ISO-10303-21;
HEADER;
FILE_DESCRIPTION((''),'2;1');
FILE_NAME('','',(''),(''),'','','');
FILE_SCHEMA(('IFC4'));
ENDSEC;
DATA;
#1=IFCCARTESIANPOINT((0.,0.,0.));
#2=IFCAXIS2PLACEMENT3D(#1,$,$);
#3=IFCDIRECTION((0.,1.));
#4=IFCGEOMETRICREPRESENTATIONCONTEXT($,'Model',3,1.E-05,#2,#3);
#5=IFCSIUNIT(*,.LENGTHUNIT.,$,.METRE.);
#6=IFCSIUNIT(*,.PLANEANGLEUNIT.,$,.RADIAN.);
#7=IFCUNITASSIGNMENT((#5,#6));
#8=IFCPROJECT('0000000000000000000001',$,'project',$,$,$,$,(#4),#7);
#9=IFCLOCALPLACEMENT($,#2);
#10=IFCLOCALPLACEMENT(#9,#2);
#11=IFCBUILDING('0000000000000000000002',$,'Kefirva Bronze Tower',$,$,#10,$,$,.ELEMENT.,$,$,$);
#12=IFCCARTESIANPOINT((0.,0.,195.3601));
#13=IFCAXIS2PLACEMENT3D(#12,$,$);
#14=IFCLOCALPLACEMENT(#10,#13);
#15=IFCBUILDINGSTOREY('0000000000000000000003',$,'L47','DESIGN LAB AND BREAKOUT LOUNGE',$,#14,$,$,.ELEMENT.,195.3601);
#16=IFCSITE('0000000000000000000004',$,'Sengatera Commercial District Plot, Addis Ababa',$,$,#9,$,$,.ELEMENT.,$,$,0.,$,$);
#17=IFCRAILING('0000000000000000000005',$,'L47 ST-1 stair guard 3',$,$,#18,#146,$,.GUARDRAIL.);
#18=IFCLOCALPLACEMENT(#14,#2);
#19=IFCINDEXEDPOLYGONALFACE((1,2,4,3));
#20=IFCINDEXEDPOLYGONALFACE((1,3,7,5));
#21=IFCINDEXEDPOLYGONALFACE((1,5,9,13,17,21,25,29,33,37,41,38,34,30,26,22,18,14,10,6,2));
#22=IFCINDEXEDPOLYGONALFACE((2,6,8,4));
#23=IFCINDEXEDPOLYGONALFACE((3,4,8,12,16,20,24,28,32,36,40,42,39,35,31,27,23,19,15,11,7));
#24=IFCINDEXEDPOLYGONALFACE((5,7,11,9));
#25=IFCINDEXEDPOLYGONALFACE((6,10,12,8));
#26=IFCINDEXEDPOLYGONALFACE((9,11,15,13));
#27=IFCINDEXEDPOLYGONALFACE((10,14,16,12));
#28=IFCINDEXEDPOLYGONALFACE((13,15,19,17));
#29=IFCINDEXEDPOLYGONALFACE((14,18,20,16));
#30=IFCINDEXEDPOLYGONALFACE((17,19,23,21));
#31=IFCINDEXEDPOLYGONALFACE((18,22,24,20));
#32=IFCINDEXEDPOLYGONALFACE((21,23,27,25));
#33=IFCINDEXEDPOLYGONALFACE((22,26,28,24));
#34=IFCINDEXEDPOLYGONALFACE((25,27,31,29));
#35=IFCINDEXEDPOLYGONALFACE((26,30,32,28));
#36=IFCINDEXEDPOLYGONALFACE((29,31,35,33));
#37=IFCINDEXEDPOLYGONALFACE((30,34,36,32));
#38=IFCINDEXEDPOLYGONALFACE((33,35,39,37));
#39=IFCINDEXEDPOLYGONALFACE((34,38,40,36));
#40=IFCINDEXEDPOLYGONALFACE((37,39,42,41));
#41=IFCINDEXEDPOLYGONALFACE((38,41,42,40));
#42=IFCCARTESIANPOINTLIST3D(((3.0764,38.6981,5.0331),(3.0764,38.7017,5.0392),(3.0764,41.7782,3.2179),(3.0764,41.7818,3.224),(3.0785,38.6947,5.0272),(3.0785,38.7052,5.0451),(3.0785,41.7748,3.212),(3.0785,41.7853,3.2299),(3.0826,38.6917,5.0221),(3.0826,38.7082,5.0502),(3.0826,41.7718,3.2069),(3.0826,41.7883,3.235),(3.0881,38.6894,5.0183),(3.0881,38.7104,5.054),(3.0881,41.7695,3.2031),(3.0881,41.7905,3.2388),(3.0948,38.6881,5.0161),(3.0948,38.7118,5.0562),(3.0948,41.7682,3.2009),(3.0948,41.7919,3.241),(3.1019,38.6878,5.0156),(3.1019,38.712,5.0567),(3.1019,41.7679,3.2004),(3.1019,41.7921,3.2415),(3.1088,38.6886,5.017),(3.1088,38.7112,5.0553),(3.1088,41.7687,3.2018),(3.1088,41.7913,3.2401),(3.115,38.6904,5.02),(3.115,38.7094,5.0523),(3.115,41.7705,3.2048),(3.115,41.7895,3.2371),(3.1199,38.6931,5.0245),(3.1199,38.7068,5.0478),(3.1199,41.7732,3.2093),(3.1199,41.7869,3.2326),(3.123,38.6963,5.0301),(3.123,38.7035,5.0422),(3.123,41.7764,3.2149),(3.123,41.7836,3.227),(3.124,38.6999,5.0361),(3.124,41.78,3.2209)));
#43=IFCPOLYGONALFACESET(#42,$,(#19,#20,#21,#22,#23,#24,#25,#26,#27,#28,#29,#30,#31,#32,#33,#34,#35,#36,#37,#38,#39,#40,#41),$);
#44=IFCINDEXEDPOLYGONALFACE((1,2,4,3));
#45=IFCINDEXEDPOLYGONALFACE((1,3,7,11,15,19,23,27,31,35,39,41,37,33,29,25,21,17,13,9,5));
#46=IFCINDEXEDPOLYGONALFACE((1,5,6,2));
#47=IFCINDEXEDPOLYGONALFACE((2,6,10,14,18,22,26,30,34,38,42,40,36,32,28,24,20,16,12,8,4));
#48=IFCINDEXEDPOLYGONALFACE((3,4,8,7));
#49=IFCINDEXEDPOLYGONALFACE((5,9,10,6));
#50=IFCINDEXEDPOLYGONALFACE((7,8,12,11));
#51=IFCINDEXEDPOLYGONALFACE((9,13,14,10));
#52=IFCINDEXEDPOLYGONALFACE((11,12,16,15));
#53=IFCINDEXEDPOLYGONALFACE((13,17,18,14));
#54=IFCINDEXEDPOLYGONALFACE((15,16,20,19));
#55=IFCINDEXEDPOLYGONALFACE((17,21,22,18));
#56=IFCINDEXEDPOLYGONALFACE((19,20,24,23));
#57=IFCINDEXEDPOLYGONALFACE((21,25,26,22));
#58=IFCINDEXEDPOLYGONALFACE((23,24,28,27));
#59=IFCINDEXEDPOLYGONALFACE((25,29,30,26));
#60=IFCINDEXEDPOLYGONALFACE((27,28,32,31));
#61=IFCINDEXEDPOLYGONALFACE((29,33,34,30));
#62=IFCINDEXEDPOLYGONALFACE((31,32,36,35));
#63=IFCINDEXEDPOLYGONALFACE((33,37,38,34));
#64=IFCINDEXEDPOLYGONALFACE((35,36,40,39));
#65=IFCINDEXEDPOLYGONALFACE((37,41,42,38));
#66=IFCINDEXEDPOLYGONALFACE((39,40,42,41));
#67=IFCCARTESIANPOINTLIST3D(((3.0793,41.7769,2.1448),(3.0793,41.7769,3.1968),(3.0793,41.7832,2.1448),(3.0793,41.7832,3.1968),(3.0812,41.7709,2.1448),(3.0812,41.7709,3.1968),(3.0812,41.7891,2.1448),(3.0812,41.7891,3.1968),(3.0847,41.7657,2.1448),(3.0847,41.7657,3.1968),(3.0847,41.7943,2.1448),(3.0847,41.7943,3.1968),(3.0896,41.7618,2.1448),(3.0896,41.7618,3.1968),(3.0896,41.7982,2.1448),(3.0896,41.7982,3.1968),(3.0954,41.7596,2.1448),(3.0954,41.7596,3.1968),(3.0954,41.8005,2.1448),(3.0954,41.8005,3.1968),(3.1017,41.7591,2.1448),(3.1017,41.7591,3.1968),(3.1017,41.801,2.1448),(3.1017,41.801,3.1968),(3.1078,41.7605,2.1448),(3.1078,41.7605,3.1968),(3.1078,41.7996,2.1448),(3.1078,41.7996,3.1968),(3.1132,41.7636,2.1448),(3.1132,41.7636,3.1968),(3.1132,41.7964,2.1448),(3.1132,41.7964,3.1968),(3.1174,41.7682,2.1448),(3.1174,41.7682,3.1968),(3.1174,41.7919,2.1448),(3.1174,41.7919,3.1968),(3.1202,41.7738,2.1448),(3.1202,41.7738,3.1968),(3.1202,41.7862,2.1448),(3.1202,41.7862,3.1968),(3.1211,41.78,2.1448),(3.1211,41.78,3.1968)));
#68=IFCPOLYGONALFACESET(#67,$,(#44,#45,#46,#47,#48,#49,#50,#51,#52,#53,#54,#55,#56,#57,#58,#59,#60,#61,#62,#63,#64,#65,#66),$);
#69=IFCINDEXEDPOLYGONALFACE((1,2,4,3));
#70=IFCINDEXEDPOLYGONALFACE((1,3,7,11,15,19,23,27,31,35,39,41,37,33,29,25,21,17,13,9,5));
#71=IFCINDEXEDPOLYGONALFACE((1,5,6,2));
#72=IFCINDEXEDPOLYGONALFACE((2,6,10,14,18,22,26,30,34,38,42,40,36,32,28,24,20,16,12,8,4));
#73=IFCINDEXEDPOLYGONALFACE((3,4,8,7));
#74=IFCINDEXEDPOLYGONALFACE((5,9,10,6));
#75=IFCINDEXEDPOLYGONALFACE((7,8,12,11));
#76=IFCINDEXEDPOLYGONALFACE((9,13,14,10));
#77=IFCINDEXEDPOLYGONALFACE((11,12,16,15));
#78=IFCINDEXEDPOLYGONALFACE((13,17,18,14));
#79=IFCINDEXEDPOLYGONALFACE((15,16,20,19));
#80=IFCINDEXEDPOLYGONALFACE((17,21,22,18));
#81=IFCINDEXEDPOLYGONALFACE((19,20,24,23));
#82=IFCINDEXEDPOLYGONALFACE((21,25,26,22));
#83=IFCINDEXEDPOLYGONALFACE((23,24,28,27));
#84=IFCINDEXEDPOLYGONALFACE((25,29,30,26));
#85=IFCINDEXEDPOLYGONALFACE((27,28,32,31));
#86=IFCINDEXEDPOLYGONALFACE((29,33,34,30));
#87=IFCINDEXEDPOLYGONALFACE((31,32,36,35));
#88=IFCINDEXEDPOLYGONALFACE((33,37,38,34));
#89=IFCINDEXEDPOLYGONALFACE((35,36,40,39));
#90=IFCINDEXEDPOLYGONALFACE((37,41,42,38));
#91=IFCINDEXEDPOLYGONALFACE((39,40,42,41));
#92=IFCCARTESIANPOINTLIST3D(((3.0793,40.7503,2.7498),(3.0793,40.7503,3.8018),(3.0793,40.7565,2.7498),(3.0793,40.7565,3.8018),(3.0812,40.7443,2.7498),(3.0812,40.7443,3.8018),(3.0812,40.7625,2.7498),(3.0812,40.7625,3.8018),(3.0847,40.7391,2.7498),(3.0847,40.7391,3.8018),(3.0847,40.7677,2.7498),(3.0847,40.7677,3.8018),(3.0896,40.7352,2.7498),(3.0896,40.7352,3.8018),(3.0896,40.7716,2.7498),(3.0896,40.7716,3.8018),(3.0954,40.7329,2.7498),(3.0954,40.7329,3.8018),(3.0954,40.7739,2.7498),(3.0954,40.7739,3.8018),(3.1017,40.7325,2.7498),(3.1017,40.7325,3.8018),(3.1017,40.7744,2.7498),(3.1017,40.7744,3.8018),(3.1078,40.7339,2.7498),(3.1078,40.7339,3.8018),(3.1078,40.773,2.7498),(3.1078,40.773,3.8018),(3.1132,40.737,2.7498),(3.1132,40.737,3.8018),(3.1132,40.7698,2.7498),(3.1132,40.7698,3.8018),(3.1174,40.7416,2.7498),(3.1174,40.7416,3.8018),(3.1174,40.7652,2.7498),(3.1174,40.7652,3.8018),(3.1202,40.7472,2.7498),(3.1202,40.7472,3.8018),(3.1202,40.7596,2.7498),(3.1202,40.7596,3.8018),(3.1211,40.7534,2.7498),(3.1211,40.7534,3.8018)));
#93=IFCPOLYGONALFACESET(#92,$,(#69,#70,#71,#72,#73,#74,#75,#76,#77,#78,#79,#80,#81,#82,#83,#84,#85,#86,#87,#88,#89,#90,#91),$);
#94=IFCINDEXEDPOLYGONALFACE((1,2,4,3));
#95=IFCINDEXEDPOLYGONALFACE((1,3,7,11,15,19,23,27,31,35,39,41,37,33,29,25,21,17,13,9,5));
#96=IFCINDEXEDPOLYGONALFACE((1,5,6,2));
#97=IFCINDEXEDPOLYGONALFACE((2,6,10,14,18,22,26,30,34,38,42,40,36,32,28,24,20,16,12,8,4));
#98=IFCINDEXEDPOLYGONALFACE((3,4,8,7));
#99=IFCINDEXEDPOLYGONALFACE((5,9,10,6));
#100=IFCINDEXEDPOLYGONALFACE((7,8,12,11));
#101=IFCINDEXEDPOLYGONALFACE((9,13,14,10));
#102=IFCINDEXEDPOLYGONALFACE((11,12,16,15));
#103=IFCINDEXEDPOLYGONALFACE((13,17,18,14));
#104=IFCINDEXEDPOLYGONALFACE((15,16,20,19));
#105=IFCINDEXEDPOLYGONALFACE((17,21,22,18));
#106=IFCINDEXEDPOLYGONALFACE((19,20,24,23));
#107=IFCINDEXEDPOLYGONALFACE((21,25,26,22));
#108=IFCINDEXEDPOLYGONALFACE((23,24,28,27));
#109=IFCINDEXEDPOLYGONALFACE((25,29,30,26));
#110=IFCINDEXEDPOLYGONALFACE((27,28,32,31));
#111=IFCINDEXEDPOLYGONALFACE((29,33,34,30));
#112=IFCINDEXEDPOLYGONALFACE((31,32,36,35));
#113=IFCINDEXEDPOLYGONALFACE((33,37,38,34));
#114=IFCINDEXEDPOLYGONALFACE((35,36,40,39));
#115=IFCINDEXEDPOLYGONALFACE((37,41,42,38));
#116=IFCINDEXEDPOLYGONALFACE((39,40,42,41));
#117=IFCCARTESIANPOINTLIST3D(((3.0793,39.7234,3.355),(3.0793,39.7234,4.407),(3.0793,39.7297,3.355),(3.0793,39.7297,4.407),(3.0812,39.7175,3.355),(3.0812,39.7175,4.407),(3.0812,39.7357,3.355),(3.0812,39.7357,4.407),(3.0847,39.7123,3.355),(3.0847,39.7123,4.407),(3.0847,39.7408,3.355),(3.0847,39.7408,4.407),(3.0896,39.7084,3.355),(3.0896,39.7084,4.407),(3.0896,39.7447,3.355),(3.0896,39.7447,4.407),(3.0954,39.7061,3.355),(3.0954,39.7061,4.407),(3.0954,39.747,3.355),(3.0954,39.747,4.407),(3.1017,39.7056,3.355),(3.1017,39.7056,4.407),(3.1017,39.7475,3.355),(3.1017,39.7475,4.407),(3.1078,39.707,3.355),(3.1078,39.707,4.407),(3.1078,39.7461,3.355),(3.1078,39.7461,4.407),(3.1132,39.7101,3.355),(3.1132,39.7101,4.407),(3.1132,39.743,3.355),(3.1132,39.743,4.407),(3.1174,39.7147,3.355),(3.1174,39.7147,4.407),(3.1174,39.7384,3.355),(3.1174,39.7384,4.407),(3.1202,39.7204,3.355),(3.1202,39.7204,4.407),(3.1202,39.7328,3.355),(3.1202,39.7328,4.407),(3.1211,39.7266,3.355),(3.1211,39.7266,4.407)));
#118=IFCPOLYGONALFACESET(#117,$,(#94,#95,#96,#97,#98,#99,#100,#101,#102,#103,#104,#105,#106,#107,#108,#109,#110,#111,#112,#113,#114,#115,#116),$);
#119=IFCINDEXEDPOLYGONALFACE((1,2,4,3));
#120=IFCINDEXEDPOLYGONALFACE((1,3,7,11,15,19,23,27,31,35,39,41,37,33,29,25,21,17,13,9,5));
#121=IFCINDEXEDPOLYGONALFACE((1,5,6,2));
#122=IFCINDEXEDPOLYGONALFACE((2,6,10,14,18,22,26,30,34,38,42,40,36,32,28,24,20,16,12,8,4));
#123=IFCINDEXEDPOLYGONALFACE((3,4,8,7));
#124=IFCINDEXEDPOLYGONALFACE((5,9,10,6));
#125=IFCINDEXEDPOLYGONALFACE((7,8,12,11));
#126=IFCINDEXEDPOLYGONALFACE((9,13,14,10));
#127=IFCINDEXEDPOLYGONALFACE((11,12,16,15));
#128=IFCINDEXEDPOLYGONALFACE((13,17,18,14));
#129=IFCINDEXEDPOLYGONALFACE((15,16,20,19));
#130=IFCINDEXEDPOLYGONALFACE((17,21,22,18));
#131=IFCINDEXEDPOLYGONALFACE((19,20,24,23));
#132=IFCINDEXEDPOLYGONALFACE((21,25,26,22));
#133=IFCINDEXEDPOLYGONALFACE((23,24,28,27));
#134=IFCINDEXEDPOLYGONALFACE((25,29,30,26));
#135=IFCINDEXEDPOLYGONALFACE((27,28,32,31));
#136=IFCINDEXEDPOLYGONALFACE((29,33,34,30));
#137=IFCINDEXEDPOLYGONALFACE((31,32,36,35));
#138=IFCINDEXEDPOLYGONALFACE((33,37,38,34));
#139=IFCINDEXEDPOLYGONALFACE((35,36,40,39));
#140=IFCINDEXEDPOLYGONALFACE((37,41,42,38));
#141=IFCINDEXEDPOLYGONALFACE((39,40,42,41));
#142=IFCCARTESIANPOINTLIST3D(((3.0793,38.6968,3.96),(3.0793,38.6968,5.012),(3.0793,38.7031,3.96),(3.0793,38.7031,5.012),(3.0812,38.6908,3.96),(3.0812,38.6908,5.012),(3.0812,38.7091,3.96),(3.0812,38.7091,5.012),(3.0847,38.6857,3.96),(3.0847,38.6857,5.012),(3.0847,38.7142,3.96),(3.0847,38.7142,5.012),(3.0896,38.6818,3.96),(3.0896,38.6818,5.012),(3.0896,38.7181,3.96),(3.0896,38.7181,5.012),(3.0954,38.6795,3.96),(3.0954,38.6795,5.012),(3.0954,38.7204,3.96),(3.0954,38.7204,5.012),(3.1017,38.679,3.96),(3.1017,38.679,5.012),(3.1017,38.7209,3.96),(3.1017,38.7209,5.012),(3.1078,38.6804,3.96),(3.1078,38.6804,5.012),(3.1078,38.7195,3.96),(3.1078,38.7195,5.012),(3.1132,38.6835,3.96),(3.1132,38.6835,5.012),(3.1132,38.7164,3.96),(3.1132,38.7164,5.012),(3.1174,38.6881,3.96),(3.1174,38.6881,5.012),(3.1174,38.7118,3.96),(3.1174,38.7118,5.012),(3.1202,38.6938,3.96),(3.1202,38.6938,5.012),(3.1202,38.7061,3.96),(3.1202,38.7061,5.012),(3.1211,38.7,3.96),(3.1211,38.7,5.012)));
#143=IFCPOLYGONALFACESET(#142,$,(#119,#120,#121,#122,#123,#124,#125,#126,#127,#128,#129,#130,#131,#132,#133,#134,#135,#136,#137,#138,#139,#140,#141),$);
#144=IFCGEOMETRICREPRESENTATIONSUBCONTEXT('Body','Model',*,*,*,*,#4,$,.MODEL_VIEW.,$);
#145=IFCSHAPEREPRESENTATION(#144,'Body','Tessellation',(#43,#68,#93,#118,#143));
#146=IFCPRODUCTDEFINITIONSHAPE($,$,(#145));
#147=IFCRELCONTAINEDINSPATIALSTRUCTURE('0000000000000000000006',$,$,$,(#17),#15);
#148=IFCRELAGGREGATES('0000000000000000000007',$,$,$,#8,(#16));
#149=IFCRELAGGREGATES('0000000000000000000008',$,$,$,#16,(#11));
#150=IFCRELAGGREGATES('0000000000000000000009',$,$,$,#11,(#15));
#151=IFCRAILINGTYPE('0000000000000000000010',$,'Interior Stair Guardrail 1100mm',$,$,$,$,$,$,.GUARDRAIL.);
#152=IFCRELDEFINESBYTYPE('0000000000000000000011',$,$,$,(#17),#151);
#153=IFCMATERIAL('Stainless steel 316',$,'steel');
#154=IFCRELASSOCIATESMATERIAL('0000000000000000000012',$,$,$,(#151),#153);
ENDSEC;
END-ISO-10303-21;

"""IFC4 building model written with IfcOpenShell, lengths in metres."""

from ifc_helpers import new_model, si_unit, direction, frame, origin, origin_2d, place, context, subcontext, project, spatial, circle, extrude, material, type_object, element, save


model = new_model("IFC4")

# Units and contexts
model_context = context("Model", 3, precision=1e-05, world=origin(), true_north=direction((0.0, 1.0)))
body_context = subcontext(model_context, "Body", "Model", "MODEL_VIEW")
ifc_project = project(units=[si_unit("LENGTHUNIT", "METRE"), si_unit("PLANEANGLEUNIT", "RADIAN")], contexts=[model_context])

# Site, building, storey
site_placement = place(None, origin())
site = spatial("IfcSite", under=ifc_project, at=site_placement, Name="Sengatera Commercial District Plot, Addis Ababa", CompositionType="ELEMENT", RefElevation=0.0)
building_placement = place(site_placement, origin())
building = spatial("IfcBuilding", under=site, at=building_placement, Name="Kefirva Bronze Tower", CompositionType="ELEMENT")
storey_placement = place(building_placement, frame((0.0, 0.0, 195.3601)))
storey = spatial("IfcBuildingStorey", under=building, at=storey_placement, Name="L47", Description="DESIGN LAB AND BREAKOUT LOUNGE", CompositionType="ELEMENT", Elevation=195.3601)

# Railing
ifc_material_1 = material(Name="Stainless steel 316", Category="steel")
railing_type_1 = type_object("IfcRailingType", Name="Interior Stair Guardrail 1100mm", PredefinedType="GUARDRAIL", material=ifc_material_1)
railing_1_placement = place(storey_placement, frame((3.1001, 41.78, 2.1448)))
element("IfcRailing", 1, at=railing_1_placement, inside=storey, type_object=railing_type_1, Name="L47 ST-1 stair guard 3", PredefinedType="GUARDRAIL", context=body_context, shape_type="SweptSolid", body=[
    extrude(circle(Radius=0.0239, at=origin_2d()), frame((0.0, 0.0, 1.0762), z_axis=(0.0, -0.861521, 0.507721), x_axis=(1.0, 0.0, 0.0)), (0.0, 0.0, 1.0), 3.5752),
    extrude(circle(Radius=0.021, at=origin_2d()), origin(), (0.0, 0.0, 1.0), 1.052),
    extrude(circle(Radius=0.021, at=origin_2d()), frame((0.0, -1.0266, 0.605)), (0.0, 0.0, 1.0), 1.052),
    extrude(circle(Radius=0.021, at=origin_2d()), frame((0.0, -2.0535, 1.2102)), (0.0, 0.0, 1.0), 1.052),
    extrude(circle(Radius=0.021, at=origin_2d()), frame((0.0, -3.0801, 1.8152)), (0.0, 0.0, 1.0), 1.052),
])

save(model, "model.ifc")
